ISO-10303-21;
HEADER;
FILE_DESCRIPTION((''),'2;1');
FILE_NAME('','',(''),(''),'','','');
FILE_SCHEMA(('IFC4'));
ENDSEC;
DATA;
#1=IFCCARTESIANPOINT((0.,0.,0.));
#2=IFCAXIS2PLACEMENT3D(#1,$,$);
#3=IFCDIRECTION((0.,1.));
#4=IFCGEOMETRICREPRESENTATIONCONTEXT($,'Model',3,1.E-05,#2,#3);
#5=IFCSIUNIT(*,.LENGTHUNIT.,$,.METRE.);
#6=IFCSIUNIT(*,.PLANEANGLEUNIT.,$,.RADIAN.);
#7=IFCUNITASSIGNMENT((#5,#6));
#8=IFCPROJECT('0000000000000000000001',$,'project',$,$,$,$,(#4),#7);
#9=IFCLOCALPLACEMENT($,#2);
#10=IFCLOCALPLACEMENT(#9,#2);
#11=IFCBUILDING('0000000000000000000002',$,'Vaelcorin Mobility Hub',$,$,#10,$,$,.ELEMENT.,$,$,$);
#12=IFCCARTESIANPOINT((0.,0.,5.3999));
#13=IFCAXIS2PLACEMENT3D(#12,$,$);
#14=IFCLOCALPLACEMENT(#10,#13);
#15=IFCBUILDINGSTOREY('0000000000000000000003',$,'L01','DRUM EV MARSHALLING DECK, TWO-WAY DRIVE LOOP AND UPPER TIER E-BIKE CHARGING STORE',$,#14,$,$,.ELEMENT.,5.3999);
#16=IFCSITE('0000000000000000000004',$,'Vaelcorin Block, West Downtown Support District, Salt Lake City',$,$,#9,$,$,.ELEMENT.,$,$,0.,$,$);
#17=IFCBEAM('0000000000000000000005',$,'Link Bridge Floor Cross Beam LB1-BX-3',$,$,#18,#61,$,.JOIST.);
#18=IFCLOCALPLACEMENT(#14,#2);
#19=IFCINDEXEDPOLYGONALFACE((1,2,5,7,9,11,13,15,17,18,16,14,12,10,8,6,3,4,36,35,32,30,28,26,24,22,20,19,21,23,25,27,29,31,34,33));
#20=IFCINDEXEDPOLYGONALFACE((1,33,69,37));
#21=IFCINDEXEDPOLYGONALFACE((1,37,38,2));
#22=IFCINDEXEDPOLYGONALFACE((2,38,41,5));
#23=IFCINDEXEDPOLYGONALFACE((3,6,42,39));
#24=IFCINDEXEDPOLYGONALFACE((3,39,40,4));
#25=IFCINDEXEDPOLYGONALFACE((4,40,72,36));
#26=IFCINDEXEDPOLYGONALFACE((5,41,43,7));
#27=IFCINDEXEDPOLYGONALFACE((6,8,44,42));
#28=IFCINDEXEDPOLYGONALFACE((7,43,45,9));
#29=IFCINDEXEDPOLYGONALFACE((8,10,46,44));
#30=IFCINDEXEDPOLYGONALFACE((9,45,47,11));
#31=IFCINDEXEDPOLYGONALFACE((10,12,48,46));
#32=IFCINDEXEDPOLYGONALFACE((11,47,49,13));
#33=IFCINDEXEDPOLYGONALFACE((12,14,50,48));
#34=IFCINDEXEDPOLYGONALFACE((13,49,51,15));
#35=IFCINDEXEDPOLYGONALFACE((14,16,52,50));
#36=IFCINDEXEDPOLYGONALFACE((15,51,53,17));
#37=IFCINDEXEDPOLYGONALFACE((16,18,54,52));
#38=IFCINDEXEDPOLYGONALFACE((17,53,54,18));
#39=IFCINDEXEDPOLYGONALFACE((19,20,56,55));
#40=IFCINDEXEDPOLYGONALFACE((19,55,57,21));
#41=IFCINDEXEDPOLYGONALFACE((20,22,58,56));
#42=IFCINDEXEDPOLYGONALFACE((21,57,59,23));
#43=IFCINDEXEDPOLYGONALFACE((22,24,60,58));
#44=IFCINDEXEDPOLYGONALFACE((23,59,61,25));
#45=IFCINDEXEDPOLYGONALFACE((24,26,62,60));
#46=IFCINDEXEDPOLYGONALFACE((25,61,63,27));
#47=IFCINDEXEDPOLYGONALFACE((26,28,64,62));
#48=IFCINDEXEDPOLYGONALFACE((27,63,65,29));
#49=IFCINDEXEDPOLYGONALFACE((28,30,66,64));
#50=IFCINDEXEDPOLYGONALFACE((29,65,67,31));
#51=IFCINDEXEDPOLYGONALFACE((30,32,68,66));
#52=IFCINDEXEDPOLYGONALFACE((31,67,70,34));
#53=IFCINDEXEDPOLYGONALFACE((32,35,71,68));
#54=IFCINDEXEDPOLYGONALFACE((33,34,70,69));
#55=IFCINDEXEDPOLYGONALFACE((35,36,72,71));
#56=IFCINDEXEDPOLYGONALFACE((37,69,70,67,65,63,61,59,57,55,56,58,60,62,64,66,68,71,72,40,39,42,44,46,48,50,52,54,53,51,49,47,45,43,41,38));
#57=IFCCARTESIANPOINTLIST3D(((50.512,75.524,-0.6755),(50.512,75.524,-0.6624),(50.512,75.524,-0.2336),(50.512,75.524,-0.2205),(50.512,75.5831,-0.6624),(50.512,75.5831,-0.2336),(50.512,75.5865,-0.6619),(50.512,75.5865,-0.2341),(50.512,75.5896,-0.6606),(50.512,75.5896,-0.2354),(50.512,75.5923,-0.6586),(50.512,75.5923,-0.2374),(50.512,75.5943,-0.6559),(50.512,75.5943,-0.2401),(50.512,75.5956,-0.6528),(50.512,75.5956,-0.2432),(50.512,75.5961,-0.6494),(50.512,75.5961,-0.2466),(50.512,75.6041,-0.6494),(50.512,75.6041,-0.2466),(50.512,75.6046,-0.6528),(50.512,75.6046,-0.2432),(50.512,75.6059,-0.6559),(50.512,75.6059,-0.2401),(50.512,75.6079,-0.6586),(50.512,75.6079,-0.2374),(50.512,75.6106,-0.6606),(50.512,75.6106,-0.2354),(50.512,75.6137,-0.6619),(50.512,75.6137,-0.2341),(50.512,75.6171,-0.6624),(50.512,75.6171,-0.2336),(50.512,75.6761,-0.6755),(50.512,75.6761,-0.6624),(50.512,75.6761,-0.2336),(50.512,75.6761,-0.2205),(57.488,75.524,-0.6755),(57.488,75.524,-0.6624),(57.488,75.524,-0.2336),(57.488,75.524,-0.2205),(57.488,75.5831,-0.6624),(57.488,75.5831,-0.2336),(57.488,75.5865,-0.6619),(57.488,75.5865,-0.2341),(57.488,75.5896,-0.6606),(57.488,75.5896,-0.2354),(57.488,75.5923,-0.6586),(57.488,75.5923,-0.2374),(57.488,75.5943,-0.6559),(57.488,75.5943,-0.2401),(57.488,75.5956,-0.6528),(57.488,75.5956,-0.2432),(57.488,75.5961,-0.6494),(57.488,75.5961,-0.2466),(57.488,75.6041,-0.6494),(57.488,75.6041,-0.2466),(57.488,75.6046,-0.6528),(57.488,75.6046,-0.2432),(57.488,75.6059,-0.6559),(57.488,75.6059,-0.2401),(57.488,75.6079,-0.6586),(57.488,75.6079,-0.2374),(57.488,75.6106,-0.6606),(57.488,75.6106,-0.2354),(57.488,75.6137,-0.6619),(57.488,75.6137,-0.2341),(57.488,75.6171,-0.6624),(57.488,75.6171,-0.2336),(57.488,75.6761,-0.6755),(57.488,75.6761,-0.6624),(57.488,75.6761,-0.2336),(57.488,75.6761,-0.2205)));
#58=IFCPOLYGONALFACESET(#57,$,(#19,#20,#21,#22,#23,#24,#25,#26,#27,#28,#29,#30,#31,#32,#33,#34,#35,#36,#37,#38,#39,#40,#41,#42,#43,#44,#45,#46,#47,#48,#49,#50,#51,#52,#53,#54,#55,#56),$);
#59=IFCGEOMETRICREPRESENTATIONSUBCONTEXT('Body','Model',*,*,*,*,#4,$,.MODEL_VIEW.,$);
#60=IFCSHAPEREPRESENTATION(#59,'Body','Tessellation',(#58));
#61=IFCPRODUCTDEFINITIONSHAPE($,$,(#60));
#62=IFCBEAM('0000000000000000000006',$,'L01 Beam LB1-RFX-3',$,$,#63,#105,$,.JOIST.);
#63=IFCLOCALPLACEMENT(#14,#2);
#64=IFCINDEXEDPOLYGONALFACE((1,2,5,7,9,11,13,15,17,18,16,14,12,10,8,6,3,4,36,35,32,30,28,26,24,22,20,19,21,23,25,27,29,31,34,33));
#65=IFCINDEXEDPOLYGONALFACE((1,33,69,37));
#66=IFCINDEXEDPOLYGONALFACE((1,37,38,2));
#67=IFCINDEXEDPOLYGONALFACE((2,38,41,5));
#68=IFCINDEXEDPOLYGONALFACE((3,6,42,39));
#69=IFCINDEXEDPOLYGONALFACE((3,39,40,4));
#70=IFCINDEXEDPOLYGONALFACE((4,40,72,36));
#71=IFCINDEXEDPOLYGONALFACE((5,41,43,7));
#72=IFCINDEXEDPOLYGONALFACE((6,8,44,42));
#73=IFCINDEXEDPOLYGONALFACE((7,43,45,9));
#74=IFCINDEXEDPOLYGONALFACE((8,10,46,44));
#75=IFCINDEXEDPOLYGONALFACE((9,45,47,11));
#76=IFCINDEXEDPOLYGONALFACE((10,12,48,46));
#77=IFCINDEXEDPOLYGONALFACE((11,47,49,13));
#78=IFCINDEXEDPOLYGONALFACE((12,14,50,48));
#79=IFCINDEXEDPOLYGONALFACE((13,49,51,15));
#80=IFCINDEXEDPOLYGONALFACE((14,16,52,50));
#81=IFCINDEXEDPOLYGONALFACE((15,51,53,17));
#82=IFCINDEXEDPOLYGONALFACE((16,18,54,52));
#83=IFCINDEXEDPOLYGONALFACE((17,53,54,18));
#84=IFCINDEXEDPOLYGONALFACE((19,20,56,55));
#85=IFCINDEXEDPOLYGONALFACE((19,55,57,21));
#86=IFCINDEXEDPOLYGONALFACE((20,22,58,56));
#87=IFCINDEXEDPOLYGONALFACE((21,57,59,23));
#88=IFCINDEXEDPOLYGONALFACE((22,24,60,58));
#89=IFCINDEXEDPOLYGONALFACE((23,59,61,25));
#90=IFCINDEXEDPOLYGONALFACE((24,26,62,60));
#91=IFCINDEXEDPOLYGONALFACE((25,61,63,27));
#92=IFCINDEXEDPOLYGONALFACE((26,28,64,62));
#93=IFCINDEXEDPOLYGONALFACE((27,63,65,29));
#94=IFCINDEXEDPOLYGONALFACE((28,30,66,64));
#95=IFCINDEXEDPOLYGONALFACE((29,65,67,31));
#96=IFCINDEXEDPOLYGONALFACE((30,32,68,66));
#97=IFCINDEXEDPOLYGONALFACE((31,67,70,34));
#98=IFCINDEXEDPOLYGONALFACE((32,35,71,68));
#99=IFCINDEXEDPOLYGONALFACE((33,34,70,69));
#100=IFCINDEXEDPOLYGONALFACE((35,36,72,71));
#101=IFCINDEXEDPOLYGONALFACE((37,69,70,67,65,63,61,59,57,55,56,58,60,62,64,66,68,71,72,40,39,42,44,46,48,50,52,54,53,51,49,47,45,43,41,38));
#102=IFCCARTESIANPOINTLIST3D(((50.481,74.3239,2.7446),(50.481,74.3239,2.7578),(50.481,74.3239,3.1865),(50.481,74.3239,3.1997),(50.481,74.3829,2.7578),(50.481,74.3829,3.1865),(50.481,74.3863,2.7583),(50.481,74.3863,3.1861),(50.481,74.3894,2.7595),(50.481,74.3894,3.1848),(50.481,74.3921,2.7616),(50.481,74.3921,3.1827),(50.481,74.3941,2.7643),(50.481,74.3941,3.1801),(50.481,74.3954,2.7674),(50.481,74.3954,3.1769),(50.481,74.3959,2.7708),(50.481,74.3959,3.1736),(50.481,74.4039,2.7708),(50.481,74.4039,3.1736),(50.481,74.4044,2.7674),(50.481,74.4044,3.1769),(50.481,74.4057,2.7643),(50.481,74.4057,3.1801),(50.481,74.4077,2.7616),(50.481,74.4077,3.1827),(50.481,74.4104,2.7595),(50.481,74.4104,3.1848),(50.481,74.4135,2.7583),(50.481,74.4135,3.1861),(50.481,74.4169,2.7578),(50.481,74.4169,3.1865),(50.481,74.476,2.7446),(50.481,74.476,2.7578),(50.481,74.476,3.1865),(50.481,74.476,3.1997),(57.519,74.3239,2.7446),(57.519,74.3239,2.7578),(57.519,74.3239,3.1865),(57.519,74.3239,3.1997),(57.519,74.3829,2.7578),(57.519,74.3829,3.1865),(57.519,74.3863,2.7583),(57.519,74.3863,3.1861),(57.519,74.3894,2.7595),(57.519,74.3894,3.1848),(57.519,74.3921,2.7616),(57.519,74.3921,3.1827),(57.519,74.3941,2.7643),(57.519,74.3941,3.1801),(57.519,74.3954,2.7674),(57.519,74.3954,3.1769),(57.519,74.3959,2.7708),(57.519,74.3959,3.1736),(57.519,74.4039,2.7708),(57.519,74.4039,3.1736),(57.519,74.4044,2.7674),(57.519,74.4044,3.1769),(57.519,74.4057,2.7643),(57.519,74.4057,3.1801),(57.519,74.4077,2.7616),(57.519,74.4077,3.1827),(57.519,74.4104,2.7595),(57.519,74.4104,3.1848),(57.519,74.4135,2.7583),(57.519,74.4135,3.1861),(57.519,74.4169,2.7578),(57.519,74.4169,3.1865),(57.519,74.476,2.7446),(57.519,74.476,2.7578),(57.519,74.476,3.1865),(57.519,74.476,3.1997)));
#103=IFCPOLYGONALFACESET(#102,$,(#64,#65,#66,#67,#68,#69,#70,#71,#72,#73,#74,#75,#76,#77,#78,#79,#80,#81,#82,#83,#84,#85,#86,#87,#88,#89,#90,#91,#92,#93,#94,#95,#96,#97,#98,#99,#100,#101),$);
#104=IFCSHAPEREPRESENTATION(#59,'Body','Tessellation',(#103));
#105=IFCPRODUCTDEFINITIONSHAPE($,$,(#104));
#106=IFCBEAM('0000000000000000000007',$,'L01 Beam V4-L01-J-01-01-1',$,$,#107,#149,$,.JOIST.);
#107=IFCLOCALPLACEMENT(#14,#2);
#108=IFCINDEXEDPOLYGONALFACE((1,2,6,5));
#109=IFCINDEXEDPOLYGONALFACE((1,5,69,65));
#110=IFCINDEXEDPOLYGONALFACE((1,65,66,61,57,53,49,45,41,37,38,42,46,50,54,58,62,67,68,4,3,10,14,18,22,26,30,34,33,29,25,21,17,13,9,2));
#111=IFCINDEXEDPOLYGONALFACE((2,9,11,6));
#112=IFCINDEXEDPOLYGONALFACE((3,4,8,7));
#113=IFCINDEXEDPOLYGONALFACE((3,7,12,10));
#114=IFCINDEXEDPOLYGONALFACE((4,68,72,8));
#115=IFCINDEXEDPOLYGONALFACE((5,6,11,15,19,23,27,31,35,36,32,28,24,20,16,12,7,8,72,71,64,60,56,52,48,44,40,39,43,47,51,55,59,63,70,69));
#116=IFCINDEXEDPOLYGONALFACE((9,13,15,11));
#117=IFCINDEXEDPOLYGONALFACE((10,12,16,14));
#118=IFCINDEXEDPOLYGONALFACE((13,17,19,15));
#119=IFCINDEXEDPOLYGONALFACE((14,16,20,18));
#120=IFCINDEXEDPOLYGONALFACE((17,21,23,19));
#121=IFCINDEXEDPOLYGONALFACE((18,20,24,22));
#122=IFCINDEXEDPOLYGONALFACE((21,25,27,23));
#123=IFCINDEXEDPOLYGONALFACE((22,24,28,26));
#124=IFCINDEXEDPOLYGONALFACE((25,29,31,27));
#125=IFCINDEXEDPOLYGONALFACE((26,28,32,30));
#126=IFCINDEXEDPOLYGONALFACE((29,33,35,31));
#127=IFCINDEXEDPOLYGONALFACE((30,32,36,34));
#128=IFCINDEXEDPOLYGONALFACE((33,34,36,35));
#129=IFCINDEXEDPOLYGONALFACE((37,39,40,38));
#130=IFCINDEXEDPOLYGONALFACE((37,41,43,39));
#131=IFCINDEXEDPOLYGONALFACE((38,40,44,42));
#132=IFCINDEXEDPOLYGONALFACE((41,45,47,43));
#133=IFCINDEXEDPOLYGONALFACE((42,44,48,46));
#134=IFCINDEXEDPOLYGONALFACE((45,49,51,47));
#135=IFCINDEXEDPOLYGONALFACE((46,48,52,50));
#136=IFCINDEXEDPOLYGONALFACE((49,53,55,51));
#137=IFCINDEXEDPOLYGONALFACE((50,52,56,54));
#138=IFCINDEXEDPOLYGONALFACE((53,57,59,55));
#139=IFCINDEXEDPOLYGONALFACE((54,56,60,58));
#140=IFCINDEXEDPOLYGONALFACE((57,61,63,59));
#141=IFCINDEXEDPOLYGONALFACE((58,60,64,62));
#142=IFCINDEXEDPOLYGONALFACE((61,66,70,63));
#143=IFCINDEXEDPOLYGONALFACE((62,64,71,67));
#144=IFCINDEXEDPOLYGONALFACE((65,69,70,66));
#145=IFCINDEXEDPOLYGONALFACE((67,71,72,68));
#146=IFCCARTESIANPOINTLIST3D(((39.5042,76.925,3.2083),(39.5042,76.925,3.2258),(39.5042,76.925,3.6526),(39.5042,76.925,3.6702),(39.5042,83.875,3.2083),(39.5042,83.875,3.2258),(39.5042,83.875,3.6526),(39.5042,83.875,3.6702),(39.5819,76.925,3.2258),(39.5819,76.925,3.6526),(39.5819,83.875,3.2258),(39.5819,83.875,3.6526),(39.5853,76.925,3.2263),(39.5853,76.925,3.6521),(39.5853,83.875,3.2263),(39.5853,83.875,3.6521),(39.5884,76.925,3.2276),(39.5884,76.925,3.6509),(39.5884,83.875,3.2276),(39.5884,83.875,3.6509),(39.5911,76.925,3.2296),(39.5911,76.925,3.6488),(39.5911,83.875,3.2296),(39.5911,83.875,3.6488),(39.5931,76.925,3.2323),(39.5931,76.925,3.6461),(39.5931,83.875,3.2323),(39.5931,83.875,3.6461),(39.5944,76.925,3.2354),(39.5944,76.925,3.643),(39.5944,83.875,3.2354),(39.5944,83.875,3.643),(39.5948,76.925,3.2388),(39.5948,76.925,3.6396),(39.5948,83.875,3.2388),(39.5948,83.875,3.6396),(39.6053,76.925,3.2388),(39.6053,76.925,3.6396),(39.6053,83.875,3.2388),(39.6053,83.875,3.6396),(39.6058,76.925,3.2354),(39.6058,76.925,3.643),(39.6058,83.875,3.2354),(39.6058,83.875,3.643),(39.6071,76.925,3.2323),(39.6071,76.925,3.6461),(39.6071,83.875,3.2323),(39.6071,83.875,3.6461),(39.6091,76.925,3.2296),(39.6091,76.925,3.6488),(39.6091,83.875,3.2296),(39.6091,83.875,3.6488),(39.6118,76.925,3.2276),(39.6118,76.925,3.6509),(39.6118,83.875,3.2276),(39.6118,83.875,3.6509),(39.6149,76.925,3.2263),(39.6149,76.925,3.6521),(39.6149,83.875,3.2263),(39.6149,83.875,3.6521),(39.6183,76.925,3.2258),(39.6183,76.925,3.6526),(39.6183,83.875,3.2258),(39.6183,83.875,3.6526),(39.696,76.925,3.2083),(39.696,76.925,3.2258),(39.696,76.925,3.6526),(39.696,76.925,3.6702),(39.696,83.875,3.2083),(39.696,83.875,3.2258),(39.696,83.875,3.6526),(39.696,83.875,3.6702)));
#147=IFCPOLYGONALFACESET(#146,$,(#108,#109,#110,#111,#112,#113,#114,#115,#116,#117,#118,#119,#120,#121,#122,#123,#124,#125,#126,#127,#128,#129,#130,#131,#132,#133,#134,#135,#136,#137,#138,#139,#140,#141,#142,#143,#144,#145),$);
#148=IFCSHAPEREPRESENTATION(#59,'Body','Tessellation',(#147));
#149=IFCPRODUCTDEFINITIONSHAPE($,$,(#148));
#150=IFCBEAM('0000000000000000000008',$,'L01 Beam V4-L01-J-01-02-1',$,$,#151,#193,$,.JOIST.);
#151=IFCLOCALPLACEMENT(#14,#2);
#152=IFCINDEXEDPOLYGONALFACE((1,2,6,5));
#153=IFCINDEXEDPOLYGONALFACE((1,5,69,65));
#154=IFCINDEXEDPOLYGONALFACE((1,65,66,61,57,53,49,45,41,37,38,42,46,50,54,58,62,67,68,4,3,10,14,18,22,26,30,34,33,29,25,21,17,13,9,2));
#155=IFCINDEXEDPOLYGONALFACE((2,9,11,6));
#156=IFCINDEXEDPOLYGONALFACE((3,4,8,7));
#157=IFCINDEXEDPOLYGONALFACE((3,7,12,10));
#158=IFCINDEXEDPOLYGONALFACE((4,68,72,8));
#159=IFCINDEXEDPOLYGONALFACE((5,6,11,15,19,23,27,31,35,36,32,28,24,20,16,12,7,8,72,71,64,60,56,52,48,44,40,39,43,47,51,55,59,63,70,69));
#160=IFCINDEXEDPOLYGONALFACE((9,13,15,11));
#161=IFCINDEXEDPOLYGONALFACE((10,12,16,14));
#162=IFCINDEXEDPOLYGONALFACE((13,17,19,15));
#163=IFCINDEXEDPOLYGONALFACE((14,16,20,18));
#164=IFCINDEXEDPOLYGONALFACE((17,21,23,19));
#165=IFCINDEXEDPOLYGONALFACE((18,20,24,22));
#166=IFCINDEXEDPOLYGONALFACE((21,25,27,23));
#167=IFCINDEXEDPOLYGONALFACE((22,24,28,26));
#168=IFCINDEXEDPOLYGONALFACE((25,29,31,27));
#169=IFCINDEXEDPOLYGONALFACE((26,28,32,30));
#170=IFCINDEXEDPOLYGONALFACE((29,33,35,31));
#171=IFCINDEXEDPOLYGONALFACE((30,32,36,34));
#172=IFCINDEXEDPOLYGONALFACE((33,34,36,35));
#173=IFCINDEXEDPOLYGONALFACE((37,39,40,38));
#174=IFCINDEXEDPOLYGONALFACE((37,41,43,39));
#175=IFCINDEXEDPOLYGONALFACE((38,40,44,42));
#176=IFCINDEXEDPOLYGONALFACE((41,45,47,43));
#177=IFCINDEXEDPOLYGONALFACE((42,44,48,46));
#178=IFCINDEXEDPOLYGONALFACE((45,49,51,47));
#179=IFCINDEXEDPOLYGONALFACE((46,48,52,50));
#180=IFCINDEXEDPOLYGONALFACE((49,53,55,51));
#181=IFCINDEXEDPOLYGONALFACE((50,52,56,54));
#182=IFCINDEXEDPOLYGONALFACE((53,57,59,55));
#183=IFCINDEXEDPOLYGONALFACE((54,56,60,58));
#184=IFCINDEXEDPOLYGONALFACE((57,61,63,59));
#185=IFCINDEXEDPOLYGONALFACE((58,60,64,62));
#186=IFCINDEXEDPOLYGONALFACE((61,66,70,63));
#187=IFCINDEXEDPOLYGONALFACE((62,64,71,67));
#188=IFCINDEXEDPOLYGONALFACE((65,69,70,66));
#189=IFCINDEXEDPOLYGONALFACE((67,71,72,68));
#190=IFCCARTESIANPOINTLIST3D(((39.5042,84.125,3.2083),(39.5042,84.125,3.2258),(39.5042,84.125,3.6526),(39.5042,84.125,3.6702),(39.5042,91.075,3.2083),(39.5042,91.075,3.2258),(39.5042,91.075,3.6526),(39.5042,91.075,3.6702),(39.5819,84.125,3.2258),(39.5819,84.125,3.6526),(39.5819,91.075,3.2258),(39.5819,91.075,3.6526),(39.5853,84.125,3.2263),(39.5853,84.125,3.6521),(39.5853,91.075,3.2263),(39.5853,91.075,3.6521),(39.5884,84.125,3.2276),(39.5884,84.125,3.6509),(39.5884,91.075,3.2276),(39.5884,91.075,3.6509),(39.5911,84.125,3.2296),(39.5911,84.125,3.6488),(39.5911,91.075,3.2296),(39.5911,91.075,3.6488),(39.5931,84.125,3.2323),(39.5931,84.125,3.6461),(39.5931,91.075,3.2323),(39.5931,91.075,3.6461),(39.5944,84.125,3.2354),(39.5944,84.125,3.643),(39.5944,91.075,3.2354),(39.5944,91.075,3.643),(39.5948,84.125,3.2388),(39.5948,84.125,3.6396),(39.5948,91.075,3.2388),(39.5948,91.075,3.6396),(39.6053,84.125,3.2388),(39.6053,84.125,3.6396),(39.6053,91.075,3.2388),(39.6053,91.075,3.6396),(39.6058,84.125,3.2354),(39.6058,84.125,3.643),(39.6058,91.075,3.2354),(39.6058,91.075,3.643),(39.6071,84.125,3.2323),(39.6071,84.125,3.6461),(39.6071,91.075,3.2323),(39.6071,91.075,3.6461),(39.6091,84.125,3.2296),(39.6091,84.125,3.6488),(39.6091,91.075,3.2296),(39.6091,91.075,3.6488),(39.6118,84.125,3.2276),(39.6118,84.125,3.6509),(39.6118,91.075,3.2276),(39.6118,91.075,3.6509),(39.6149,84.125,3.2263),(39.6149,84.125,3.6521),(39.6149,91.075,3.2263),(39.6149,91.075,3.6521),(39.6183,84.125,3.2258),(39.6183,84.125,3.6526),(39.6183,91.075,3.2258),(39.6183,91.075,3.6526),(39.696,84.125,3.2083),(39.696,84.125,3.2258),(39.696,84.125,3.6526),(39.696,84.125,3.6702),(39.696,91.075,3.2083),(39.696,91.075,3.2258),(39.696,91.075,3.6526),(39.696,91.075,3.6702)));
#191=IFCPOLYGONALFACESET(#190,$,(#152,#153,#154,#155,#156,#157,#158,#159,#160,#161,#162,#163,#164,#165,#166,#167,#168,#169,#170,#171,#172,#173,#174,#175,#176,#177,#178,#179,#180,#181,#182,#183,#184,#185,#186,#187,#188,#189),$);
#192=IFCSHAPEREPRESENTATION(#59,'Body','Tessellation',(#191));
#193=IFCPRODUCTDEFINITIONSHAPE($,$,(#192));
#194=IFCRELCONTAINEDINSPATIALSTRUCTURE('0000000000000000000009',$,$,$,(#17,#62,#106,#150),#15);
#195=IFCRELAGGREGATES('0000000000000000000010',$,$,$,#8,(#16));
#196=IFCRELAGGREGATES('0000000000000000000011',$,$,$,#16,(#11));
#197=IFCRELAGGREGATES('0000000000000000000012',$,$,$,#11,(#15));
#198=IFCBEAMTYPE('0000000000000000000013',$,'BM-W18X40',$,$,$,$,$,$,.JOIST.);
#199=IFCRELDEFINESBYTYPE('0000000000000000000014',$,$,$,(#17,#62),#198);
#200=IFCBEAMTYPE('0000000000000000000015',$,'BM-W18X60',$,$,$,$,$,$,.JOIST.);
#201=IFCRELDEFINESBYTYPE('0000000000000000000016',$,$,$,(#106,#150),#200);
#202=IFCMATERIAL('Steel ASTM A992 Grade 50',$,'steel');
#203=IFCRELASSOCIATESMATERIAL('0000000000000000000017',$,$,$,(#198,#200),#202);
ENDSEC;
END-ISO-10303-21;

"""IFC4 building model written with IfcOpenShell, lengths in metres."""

from ifc_helpers import new_model, si_unit, direction, frame, origin, origin_2d, place, context, subcontext, project, spatial, i_section, extrude, material, material_profile, profile_set, type_object, element, save


model = new_model("IFC4")

# Units and contexts
model_context = context("Model", 3, precision=1e-05, world=origin(), true_north=direction((0.0, 1.0)))
body_context = subcontext(model_context, "Body", "Model", "MODEL_VIEW")
ifc_project = project(units=[si_unit("LENGTHUNIT", "METRE"), si_unit("PLANEANGLEUNIT", "RADIAN")], contexts=[model_context])

# Site, building, storey
site_placement = place(None, origin())
site = spatial("IfcSite", under=ifc_project, at=site_placement, Name="Vaelcorin Block, West Downtown Support District, Salt Lake City", CompositionType="ELEMENT", RefElevation=0.0)
building_placement = place(site_placement, origin())
building = spatial("IfcBuilding", under=site, at=building_placement, Name="Vaelcorin Mobility Hub", CompositionType="ELEMENT")
storey_placement = place(building_placement, frame((0.0, 0.0, 5.3999)))
storey = spatial("IfcBuildingStorey", under=building, at=storey_placement, Name="L01", Description="DRUM EV MARSHALLING DECK, TWO-WAY DRIVE LOOP AND UPPER TIER E-BIKE CHARGING STORE", CompositionType="ELEMENT", Elevation=5.3999)

# Shared definitions
ifc_material_1 = material(Name="Steel ASTM A992 Grade 50", Category="steel")

# Beams
ifc_material_profile_1 = material_profile(ifc_material_1, i_section(OverallWidth=0.1521, OverallDepth=0.4551, WebThickness=0.0081, FlangeThickness=0.0132, FilletRadius=0.0129, at=origin_2d()), Name="W18X40")
ifc_profile_set_1 = profile_set([ifc_material_profile_1], Name="Steel ASTM A992 Grade 50")
beam_type_1 = type_object("IfcBeamType", Name="BM-W18X40", PredefinedType="JOIST", material=ifc_profile_set_1)
beam_1_placement = place(storey_placement, frame((50.512, 75.6001, -0.448), z_axis=(1.0, 0.0, 0.0), x_axis=(0.0, 1.0, 0.0)))
element("IfcBeam", 1, at=beam_1_placement, inside=storey, type_object=beam_type_1, Name="Link Bridge Floor Cross Beam LB1-BX-3", PredefinedType="JOIST", context=body_context, shape_type="SweptSolid", body=[
    extrude(i_section(OverallWidth=0.1521, OverallDepth=0.4551, WebThickness=0.0081, FlangeThickness=0.0132, FilletRadius=0.0129, at=origin_2d()), origin(), (0.0, 0.0, 1.0), 6.9761),
])
beam_2_placement = place(storey_placement, frame((50.481, 74.3999, 2.9722), z_axis=(1.0, 0.0, 0.0), x_axis=(0.0, 1.0, 0.0)))
element("IfcBeam", 2, at=beam_2_placement, inside=storey, type_object=beam_type_1, Name="L01 Beam LB1-RFX-3", PredefinedType="JOIST", context=body_context, shape_type="SweptSolid", body=[
    extrude(i_section(OverallWidth=0.1521, OverallDepth=0.4551, WebThickness=0.0081, FlangeThickness=0.0132, FilletRadius=0.0129, at=origin_2d()), origin(), (0.0, 0.0, 1.0), 7.0381),
])
ifc_material_profile_2 = material_profile(ifc_material_1, i_section(OverallWidth=0.1919, OverallDepth=0.4619, WebThickness=0.0105, FlangeThickness=0.0176, FilletRadius=0.0129, at=origin_2d()), Name="W18X60")
ifc_profile_set_2 = profile_set([ifc_material_profile_2], Name="Steel ASTM A992 Grade 50")
beam_type_2 = type_object("IfcBeamType", Name="BM-W18X60", PredefinedType="JOIST", material=ifc_profile_set_2)
for number, where, z_axis, x_axis, name in (
    (3, (39.6001, 76.925, 3.4392), (0.0, 1.0, 0.0), (-1.0, 0.0, 0.0), "L01 Beam V4-L01-J-01-01-1"),
    (4, (39.6001, 84.125, 3.4392), (0.0, 1.0, 0.0), (-1.0, 0.0, 0.0), "L01 Beam V4-L01-J-01-02-1"),
):
    element("IfcBeam", number, at=place(storey_placement, frame(where, z_axis=z_axis, x_axis=x_axis)), inside=storey, type_object=beam_type_2, Name=name, PredefinedType="JOIST", context=body_context, shape_type="SweptSolid", body=[
        extrude(i_section(OverallWidth=0.1919, OverallDepth=0.4619, WebThickness=0.0105, FlangeThickness=0.0176, FilletRadius=0.0129, at=origin_2d()), origin(), (0.0, 0.0, 1.0), 6.95),
    ])

save(model, "model.ifc")
